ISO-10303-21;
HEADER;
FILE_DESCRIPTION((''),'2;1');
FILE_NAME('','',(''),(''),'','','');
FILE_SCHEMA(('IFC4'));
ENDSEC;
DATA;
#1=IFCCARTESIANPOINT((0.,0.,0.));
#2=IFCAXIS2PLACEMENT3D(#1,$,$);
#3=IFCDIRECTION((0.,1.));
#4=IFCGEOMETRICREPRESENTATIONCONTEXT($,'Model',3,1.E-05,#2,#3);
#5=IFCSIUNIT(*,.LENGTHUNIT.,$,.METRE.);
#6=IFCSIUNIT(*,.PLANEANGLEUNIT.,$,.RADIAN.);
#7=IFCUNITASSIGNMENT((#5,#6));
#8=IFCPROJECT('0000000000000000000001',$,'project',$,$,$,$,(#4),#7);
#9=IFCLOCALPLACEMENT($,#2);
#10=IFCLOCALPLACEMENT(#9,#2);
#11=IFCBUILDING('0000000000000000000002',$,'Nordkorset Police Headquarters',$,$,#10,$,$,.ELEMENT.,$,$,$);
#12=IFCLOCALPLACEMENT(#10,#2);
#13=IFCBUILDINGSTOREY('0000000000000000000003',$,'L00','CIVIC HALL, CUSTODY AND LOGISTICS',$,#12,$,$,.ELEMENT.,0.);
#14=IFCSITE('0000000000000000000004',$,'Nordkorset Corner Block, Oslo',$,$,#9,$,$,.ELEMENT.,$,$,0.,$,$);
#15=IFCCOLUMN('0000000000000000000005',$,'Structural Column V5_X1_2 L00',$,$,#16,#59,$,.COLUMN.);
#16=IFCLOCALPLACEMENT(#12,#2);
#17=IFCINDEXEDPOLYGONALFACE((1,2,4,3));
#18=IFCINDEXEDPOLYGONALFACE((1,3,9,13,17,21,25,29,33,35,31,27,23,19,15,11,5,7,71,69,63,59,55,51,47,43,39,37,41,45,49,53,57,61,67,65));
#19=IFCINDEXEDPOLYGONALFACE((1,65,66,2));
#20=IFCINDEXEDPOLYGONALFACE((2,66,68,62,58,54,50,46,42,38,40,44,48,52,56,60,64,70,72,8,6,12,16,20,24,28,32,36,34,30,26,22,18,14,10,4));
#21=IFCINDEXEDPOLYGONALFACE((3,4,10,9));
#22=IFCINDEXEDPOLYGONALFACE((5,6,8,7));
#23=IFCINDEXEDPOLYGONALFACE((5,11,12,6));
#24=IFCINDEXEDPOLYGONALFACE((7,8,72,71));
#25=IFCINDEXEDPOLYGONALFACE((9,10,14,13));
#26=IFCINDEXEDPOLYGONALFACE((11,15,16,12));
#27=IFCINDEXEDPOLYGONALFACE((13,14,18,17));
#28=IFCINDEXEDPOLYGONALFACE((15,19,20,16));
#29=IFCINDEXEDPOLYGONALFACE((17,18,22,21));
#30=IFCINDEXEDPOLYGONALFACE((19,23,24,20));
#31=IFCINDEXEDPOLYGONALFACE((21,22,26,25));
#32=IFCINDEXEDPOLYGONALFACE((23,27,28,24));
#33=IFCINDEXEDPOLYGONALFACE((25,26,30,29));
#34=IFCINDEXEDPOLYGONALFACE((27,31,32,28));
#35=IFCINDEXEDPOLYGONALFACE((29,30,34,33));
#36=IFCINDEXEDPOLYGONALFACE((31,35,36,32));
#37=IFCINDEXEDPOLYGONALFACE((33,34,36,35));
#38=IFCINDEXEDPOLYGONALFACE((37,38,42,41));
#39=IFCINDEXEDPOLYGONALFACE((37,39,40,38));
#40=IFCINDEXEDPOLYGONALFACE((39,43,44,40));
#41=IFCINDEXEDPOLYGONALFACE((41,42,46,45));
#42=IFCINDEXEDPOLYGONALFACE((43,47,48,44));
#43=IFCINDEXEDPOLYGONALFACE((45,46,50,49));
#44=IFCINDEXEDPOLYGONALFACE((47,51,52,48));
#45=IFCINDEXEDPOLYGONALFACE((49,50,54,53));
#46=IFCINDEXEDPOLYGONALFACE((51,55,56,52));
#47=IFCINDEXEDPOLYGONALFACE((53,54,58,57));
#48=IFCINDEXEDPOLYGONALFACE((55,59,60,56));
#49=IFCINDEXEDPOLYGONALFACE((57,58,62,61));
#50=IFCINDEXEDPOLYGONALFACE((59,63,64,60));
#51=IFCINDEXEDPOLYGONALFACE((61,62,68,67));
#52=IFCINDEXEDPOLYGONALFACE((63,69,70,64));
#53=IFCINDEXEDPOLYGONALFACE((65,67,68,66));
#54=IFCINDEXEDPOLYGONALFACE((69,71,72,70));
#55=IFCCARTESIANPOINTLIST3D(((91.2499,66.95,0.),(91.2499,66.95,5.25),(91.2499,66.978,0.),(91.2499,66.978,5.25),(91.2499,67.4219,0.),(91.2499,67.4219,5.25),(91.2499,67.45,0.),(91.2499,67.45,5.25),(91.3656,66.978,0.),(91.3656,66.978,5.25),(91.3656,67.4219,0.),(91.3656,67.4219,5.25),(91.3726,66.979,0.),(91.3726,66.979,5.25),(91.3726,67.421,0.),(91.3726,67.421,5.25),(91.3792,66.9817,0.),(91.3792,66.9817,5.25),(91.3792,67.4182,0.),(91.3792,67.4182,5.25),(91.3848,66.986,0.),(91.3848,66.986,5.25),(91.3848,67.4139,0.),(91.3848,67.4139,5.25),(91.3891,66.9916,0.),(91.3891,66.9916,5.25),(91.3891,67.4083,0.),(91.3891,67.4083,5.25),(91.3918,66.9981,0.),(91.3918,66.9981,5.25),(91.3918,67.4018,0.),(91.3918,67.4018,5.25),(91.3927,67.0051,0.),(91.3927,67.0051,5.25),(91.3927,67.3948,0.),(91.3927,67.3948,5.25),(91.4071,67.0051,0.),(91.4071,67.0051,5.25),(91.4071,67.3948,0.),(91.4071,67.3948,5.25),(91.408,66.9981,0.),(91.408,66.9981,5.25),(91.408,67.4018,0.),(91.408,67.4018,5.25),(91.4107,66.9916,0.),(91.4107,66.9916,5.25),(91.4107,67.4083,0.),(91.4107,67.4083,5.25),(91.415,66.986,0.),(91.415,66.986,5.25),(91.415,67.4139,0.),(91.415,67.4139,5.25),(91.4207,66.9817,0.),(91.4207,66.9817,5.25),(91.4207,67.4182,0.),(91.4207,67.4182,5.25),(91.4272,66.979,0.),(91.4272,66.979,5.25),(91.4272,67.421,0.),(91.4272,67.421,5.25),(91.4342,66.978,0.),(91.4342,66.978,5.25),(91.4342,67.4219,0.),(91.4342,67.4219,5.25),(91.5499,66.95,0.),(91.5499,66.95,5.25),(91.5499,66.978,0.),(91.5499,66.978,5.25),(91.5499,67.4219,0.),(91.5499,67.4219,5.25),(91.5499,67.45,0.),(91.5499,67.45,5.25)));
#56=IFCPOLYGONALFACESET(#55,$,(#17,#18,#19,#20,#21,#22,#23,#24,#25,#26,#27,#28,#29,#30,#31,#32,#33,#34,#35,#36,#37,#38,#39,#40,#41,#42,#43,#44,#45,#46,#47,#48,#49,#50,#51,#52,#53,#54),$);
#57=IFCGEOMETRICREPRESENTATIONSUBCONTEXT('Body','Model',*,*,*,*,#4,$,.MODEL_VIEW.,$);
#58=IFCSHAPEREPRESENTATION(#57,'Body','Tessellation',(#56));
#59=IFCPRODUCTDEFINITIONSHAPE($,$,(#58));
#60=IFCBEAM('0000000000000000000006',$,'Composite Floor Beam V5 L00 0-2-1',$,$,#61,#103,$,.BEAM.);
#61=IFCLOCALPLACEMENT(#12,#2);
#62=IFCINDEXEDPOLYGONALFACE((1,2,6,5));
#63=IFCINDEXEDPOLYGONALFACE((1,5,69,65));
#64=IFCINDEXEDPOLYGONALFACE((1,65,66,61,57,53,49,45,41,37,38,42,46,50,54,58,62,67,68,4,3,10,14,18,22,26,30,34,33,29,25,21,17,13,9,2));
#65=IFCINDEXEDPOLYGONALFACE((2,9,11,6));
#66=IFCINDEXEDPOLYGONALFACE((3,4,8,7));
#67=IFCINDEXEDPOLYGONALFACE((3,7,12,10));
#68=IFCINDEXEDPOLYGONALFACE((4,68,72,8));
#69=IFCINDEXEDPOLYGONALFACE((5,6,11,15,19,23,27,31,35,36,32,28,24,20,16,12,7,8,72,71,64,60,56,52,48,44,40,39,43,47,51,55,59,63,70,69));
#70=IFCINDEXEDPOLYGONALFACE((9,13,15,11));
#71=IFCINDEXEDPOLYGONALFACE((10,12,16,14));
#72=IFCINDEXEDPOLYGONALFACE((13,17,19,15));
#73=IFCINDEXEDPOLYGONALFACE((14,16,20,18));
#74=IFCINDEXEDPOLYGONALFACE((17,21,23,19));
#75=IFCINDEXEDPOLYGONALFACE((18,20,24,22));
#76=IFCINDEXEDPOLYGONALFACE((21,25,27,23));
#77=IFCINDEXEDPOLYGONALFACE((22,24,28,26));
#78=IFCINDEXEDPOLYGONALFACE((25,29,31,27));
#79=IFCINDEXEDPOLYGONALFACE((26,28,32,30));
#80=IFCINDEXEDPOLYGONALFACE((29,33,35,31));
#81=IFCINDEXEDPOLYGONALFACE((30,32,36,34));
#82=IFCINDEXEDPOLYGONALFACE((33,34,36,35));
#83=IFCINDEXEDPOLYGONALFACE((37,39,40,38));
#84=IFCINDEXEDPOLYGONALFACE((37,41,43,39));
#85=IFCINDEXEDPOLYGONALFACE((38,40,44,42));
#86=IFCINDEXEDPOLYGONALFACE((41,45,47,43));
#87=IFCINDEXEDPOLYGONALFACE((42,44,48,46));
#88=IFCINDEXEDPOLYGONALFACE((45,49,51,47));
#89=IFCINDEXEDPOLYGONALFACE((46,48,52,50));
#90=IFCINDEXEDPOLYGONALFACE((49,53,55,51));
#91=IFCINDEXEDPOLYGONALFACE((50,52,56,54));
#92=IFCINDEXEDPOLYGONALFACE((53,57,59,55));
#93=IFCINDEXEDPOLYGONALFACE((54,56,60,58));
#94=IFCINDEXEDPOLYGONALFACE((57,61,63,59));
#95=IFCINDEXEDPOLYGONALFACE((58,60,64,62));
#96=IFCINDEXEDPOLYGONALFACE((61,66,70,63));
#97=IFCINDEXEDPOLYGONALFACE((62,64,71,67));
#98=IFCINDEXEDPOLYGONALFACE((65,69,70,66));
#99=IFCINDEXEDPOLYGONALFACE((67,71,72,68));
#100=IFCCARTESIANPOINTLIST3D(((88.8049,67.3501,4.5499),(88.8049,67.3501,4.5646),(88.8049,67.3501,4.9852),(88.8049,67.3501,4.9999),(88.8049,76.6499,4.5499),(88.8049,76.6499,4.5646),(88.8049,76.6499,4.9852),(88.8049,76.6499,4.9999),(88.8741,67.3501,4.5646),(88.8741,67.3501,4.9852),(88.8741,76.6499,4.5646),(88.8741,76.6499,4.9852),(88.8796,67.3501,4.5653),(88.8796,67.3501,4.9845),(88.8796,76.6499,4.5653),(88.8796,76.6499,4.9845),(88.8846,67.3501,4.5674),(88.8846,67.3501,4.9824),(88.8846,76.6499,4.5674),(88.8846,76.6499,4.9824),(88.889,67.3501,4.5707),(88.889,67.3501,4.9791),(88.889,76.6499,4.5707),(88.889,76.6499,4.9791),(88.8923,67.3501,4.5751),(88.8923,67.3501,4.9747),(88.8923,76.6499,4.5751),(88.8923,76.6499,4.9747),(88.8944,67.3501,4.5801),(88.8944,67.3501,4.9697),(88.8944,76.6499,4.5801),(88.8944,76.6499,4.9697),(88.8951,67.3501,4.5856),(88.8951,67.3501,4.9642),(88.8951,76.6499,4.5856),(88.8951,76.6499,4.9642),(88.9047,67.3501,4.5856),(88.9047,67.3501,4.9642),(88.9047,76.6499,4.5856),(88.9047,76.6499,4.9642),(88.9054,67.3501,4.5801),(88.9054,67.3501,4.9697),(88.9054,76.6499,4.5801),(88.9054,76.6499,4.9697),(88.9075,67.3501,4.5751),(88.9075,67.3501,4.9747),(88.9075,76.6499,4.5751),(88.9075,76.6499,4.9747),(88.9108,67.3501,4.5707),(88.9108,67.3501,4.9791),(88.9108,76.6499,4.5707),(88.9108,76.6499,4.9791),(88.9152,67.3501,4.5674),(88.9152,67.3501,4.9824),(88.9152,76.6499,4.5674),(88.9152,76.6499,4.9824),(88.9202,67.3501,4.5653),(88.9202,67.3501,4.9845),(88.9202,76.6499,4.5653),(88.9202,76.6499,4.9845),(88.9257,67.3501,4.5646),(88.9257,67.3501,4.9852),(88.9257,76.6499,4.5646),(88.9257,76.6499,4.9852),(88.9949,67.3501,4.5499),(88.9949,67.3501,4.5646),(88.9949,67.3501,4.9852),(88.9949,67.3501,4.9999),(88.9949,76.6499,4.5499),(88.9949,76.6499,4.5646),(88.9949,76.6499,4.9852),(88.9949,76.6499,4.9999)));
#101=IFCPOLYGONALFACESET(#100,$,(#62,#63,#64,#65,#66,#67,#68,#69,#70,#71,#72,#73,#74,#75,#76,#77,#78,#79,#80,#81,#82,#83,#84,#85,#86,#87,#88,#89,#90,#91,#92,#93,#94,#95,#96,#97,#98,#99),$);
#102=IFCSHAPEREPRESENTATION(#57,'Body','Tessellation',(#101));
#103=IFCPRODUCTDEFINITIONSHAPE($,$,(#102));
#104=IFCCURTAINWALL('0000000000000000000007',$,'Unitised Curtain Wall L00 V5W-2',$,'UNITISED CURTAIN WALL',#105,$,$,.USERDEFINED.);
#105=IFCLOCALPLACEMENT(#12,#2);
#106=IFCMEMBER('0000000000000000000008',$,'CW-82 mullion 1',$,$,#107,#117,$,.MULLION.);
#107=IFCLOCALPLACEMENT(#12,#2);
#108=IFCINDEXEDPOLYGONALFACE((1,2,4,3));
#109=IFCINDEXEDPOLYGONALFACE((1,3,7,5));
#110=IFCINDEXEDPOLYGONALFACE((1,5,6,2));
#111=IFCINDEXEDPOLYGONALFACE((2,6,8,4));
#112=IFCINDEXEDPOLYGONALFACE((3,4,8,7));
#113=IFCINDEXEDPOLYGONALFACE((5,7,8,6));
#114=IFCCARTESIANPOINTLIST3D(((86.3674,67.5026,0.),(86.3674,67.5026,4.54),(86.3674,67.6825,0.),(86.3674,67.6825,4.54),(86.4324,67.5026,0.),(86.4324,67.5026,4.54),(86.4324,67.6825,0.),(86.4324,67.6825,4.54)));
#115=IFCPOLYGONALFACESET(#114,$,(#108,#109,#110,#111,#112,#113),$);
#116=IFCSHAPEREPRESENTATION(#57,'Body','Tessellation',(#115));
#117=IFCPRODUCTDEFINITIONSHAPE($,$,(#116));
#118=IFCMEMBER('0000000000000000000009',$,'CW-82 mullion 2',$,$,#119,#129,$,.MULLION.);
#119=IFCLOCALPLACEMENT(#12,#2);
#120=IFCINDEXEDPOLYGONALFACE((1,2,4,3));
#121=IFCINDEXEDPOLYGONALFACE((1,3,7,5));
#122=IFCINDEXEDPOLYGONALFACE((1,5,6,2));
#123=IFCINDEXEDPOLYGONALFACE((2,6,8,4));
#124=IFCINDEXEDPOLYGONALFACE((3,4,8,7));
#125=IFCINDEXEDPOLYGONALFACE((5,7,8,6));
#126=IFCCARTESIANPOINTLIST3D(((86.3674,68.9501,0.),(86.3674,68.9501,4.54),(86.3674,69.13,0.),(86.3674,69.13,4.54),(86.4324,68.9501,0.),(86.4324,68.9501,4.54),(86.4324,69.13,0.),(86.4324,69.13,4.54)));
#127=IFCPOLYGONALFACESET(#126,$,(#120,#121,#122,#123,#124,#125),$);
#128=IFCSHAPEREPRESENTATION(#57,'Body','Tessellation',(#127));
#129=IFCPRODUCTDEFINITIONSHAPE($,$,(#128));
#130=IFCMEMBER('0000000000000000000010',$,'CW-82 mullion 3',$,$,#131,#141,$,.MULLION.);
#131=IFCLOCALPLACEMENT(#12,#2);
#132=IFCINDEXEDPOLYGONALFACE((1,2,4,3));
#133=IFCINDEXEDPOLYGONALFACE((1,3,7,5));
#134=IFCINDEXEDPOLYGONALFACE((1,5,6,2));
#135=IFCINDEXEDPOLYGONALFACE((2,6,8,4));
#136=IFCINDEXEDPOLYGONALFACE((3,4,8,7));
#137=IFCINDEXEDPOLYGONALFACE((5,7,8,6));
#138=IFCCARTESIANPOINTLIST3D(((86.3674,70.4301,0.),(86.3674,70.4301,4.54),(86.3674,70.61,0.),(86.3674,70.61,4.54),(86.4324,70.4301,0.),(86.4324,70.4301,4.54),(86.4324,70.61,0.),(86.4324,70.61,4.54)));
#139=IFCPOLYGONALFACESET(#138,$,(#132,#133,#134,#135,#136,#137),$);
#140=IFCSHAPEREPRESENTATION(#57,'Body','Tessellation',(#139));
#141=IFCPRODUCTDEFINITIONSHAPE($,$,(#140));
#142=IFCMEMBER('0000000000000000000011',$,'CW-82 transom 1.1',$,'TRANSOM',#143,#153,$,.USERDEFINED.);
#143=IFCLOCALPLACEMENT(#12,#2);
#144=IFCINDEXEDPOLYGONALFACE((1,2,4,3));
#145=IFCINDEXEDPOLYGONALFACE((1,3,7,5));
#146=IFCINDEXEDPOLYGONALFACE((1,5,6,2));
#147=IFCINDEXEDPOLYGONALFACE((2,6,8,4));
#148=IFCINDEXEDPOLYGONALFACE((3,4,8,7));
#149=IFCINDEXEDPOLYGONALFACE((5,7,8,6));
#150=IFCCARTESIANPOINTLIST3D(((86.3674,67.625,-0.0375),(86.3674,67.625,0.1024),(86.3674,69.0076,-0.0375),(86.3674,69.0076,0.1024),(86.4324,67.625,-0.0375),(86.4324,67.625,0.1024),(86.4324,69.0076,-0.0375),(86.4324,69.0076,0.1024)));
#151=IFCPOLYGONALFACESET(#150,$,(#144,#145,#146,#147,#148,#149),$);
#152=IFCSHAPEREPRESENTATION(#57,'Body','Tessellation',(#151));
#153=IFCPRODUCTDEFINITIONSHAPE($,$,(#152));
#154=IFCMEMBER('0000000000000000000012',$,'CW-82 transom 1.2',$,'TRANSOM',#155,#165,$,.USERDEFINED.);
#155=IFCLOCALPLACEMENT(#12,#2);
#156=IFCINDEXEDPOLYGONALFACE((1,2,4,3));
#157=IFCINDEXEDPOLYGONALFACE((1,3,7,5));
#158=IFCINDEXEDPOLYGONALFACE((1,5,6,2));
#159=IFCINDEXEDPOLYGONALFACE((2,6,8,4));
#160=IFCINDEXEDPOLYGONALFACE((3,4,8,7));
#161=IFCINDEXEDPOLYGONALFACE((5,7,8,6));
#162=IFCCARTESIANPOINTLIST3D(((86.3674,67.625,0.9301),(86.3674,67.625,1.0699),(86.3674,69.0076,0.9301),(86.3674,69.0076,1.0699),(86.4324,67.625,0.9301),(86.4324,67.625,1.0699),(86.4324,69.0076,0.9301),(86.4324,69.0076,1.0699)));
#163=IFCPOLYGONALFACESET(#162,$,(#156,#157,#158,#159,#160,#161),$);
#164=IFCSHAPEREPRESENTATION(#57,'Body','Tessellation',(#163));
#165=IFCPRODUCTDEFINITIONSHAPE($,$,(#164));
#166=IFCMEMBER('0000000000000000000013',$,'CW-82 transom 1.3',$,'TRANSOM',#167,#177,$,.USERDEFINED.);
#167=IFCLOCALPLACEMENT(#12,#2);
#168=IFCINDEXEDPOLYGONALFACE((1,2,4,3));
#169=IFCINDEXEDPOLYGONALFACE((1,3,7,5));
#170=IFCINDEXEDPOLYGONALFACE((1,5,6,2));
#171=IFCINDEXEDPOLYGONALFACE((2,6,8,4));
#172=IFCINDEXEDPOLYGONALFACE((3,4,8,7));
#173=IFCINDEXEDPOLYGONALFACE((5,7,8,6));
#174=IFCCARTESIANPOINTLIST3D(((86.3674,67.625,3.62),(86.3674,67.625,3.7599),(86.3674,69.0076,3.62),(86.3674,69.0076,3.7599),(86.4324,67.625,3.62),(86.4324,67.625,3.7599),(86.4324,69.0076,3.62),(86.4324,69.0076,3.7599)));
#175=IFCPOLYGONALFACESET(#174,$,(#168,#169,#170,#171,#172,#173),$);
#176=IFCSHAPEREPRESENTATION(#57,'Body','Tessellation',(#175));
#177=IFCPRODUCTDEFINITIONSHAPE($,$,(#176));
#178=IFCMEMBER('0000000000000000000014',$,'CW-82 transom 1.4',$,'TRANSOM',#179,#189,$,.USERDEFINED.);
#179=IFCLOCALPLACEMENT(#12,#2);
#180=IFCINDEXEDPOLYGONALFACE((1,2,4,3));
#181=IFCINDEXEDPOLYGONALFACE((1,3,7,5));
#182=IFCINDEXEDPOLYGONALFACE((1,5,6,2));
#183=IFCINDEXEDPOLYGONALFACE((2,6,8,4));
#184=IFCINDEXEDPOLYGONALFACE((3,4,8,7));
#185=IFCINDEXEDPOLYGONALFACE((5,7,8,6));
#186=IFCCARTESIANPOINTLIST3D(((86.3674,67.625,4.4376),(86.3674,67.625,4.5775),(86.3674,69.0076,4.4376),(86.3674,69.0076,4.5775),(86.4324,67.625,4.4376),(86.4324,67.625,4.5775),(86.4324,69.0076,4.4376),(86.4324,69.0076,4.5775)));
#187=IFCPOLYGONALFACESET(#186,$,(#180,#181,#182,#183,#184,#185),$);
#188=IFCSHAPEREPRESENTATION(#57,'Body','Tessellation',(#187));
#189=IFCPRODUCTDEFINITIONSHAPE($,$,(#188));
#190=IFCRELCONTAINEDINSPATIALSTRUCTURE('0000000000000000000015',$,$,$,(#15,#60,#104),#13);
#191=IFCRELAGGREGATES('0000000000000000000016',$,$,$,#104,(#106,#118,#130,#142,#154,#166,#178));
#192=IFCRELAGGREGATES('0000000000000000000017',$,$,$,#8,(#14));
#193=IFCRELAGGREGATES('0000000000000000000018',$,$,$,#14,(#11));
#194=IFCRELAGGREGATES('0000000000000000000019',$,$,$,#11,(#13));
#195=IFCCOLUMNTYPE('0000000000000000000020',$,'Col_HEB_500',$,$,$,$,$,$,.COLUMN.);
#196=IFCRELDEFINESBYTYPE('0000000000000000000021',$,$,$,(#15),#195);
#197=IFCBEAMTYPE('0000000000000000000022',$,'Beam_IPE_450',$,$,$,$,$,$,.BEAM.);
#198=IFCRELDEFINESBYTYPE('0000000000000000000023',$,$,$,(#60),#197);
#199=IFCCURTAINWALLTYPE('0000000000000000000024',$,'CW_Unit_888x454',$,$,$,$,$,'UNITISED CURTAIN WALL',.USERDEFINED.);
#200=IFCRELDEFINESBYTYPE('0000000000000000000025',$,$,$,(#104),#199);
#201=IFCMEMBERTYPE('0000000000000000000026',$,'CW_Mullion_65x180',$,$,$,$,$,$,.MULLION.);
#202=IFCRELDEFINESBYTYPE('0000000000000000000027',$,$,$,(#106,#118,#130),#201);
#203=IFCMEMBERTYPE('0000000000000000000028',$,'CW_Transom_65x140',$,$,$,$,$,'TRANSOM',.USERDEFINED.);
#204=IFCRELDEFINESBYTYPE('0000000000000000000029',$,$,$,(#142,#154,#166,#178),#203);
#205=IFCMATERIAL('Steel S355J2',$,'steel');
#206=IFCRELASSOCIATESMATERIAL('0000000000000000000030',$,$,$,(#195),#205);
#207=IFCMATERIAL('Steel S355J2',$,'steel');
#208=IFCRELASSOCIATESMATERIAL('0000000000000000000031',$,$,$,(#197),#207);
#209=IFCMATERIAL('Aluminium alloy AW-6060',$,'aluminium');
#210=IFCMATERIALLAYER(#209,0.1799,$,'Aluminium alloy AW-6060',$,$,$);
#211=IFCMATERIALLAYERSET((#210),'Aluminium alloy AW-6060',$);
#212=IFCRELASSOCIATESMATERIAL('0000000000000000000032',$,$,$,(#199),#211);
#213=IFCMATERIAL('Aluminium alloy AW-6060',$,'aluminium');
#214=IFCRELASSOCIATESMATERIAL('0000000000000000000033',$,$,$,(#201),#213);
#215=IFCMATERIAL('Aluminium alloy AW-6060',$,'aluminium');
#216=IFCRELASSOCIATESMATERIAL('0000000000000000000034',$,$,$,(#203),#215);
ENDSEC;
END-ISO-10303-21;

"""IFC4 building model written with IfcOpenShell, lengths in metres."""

from ifc_helpers import new_model, si_unit, direction, frame, origin, origin_2d, place, context, subcontext, project, spatial, rectangle, i_section, extrude, material, layer, layer_set, material_profile, profile_set, type_object, element, aggregate, save


model = new_model("IFC4")

# Units and contexts
model_context = context("Model", 3, precision=1e-05, world=origin(), true_north=direction((0.0, 1.0)))
body_context = subcontext(model_context, "Body", "Model", "MODEL_VIEW")
ifc_project = project(units=[si_unit("LENGTHUNIT", "METRE"), si_unit("PLANEANGLEUNIT", "RADIAN")], contexts=[model_context])

# Site, building, storey
site_placement = place(None, origin())
site = spatial("IfcSite", under=ifc_project, at=site_placement, Name="Nordkorset Corner Block, Oslo", CompositionType="ELEMENT", RefElevation=0.0)
building_placement = place(site_placement, origin())
building = spatial("IfcBuilding", under=site, at=building_placement, Name="Nordkorset Police Headquarters", CompositionType="ELEMENT")
storey_placement = place(building_placement, origin())
storey = spatial("IfcBuildingStorey", under=building, at=storey_placement, Name="L00", Description="CIVIC HALL, CUSTODY AND LOGISTICS", CompositionType="ELEMENT", Elevation=0.0)

# Column
ifc_material_1 = material(Name="Steel S355J2", Category="steel")
ifc_material_profile_1 = material_profile(ifc_material_1, i_section(OverallWidth=0.3, OverallDepth=0.5, WebThickness=0.0144, FlangeThickness=0.0281, FilletRadius=0.0271, at=origin_2d()), Name="HEB 500")
ifc_profile_set_1 = profile_set([ifc_material_profile_1], Name="Steel S355J2")
column_type = type_object("IfcColumnType", Name="Col_HEB_500", PredefinedType="COLUMN", material=ifc_profile_set_1)
column_placement = place(storey_placement, frame((91.3999, 67.2, 0.0), z_axis=(0.0, 0.0, 1.0), x_axis=(1.0, 0.0, 0.0)))
element("IfcColumn", 1, at=column_placement, inside=storey, type_object=column_type, Name="Structural Column V5_X1_2 L00", PredefinedType="COLUMN", context=body_context, shape_type="SweptSolid", body=[
    extrude(i_section(OverallWidth=0.3, OverallDepth=0.5, WebThickness=0.0144, FlangeThickness=0.0281, FilletRadius=0.0271, at=origin_2d()), origin(), (0.0, 0.0, 1.0), 5.25),
])

# Beam
ifc_material_2 = material(Name="Steel S355J2", Category="steel")
ifc_material_profile_2 = material_profile(ifc_material_2, i_section(OverallWidth=0.1899, OverallDepth=0.45, WebThickness=0.0095, FlangeThickness=0.0146, FilletRadius=0.021, at=origin_2d()), Name="IPE 450")
ifc_profile_set_2 = profile_set([ifc_material_profile_2], Name="Steel S355J2")
beam_type_1 = type_object("IfcBeamType", Name="Beam_IPE_450", PredefinedType="BEAM", material=ifc_profile_set_2)
beam_1_placement = place(storey_placement, frame((88.8999, 67.3501, 4.7749), z_axis=(0.0, 1.0, 0.0), x_axis=(-1.0, 0.0, 0.0)))
element("IfcBeam", 2, at=beam_1_placement, inside=storey, type_object=beam_type_1, Name="Composite Floor Beam V5 L00 0-2-1", PredefinedType="BEAM", context=body_context, shape_type="SweptSolid", body=[
    extrude(i_section(OverallWidth=0.1899, OverallDepth=0.45, WebThickness=0.0095, FlangeThickness=0.0146, FilletRadius=0.021, at=origin_2d()), origin(), (0.0, 0.0, 1.0), 9.2998),
])

# Curtain wall, members
ifc_material_3 = material(Name="Aluminium alloy AW-6060", Category="aluminium")
ifc_layer_1 = layer(ifc_material_3, 0.1799, Name="Aluminium alloy AW-6060")
ifc_layer_set_1 = layer_set([ifc_layer_1], Name="Aluminium alloy AW-6060")
curtain_wall_type = type_object("IfcCurtainWallType", Name="CW_Unit_888x454", ElementType="UNITISED CURTAIN WALL", PredefinedType="USERDEFINED", material=ifc_layer_set_1)
curtain_wall_placement = place(storey_placement, origin())
curtain_wall = element("IfcCurtainWall", 3, at=curtain_wall_placement, inside=storey, type_object=curtain_wall_type, Name="Unitised Curtain Wall L00 V5W-2", ObjectType="UNITISED CURTAIN WALL", PredefinedType="USERDEFINED")
ifc_material_4 = material(Name="Aluminium alloy AW-6060", Category="aluminium")
ifc_material_profile_3 = material_profile(ifc_material_4, rectangle(XDim=0.0649, YDim=0.1799, at=origin_2d()), Name="ALU MULL 65x180")
ifc_profile_set_3 = profile_set([ifc_material_profile_3], Name="Aluminium alloy AW-6060")
member_type_1 = type_object("IfcMemberType", Name="CW_Mullion_65x180", PredefinedType="MULLION", material=ifc_profile_set_3)
member_1_placement = place(storey_placement, frame((86.3999, 67.5925, 0.0), z_axis=(0.0, 0.0, 1.0), x_axis=(-1.0, 0.0, 0.0)))
member_1 = element("IfcMember", 4, at=member_1_placement, type_object=member_type_1, Name="CW-82 mullion 1", PredefinedType="MULLION", context=body_context, shape_type="SweptSolid", body=[
    extrude(rectangle(XDim=0.0649, YDim=0.1799, at=origin_2d()), origin(), (0.0, 0.0, 1.0), 4.54),
])
member_2_placement = place(storey_placement, frame((86.3999, 69.04, 0.0), z_axis=(0.0, 0.0, 1.0), x_axis=(-1.0, 0.0, 0.0)))
member_2 = element("IfcMember", 5, at=member_2_placement, type_object=member_type_1, Name="CW-82 mullion 2", PredefinedType="MULLION", context=body_context, shape_type="SweptSolid", body=[
    extrude(rectangle(XDim=0.0649, YDim=0.1799, at=origin_2d()), origin(), (0.0, 0.0, 1.0), 4.54),
])
member_3_placement = place(storey_placement, frame((86.3999, 70.52, 0.0), z_axis=(0.0, 0.0, 1.0), x_axis=(-1.0, 0.0, 0.0)))
member_3 = element("IfcMember", 6, at=member_3_placement, type_object=member_type_1, Name="CW-82 mullion 3", PredefinedType="MULLION", context=body_context, shape_type="SweptSolid", body=[
    extrude(rectangle(XDim=0.0649, YDim=0.1799, at=origin_2d()), origin(), (0.0, 0.0, 1.0), 4.54),
])
ifc_material_5 = material(Name="Aluminium alloy AW-6060", Category="aluminium")
ifc_material_profile_4 = material_profile(ifc_material_5, rectangle(XDim=0.0649, YDim=0.1399, at=origin_2d()), Name="ALU TRAN 65x140")
ifc_profile_set_4 = profile_set([ifc_material_profile_4], Name="Aluminium alloy AW-6060")
member_type_2 = type_object("IfcMemberType", Name="CW_Transom_65x140", ElementType="TRANSOM", PredefinedType="USERDEFINED", material=ifc_profile_set_4)
member_4_placement = place(storey_placement, frame((86.3999, 67.625, 0.0325), z_axis=(0.0, 1.0, 0.0), x_axis=(-1.0, 0.0, 0.0)))
member_4 = element("IfcMember", 7, at=member_4_placement, type_object=member_type_2, Name="CW-82 transom 1.1", ObjectType="TRANSOM", PredefinedType="USERDEFINED", context=body_context, shape_type="SweptSolid", body=[
    extrude(rectangle(XDim=0.0649, YDim=0.1399, at=origin_2d()), origin(), (0.0, 0.0, 1.0), 1.3826),
])
member_5_placement = place(storey_placement, frame((86.3999, 67.625, 1.0), z_axis=(0.0, 1.0, 0.0), x_axis=(-1.0, 0.0, 0.0)))
member_5 = element("IfcMember", 8, at=member_5_placement, type_object=member_type_2, Name="CW-82 transom 1.2", ObjectType="TRANSOM", PredefinedType="USERDEFINED", context=body_context, shape_type="SweptSolid", body=[
    extrude(rectangle(XDim=0.0649, YDim=0.1399, at=origin_2d()), origin(), (0.0, 0.0, 1.0), 1.3826),
])
member_6_placement = place(storey_placement, frame((86.3999, 67.625, 3.6899), z_axis=(0.0, 1.0, 0.0), x_axis=(-1.0, 0.0, 0.0)))
member_6 = element("IfcMember", 9, at=member_6_placement, type_object=member_type_2, Name="CW-82 transom 1.3", ObjectType="TRANSOM", PredefinedType="USERDEFINED", context=body_context, shape_type="SweptSolid", body=[
    extrude(rectangle(XDim=0.0649, YDim=0.1399, at=origin_2d()), origin(), (0.0, 0.0, 1.0), 1.3826),
])
member_7_placement = place(storey_placement, frame((86.3999, 67.625, 4.5076), z_axis=(0.0, 1.0, 0.0), x_axis=(-1.0, 0.0, 0.0)))
member_7 = element("IfcMember", 10, at=member_7_placement, type_object=member_type_2, Name="CW-82 transom 1.4", ObjectType="TRANSOM", PredefinedType="USERDEFINED", context=body_context, shape_type="SweptSolid", body=[
    extrude(rectangle(XDim=0.0649, YDim=0.1399, at=origin_2d()), origin(), (0.0, 0.0, 1.0), 1.3826),
])

aggregate(curtain_wall, [member_1, member_2, member_3, member_4, member_5, member_6, member_7])

save(model, "model.ifc")
